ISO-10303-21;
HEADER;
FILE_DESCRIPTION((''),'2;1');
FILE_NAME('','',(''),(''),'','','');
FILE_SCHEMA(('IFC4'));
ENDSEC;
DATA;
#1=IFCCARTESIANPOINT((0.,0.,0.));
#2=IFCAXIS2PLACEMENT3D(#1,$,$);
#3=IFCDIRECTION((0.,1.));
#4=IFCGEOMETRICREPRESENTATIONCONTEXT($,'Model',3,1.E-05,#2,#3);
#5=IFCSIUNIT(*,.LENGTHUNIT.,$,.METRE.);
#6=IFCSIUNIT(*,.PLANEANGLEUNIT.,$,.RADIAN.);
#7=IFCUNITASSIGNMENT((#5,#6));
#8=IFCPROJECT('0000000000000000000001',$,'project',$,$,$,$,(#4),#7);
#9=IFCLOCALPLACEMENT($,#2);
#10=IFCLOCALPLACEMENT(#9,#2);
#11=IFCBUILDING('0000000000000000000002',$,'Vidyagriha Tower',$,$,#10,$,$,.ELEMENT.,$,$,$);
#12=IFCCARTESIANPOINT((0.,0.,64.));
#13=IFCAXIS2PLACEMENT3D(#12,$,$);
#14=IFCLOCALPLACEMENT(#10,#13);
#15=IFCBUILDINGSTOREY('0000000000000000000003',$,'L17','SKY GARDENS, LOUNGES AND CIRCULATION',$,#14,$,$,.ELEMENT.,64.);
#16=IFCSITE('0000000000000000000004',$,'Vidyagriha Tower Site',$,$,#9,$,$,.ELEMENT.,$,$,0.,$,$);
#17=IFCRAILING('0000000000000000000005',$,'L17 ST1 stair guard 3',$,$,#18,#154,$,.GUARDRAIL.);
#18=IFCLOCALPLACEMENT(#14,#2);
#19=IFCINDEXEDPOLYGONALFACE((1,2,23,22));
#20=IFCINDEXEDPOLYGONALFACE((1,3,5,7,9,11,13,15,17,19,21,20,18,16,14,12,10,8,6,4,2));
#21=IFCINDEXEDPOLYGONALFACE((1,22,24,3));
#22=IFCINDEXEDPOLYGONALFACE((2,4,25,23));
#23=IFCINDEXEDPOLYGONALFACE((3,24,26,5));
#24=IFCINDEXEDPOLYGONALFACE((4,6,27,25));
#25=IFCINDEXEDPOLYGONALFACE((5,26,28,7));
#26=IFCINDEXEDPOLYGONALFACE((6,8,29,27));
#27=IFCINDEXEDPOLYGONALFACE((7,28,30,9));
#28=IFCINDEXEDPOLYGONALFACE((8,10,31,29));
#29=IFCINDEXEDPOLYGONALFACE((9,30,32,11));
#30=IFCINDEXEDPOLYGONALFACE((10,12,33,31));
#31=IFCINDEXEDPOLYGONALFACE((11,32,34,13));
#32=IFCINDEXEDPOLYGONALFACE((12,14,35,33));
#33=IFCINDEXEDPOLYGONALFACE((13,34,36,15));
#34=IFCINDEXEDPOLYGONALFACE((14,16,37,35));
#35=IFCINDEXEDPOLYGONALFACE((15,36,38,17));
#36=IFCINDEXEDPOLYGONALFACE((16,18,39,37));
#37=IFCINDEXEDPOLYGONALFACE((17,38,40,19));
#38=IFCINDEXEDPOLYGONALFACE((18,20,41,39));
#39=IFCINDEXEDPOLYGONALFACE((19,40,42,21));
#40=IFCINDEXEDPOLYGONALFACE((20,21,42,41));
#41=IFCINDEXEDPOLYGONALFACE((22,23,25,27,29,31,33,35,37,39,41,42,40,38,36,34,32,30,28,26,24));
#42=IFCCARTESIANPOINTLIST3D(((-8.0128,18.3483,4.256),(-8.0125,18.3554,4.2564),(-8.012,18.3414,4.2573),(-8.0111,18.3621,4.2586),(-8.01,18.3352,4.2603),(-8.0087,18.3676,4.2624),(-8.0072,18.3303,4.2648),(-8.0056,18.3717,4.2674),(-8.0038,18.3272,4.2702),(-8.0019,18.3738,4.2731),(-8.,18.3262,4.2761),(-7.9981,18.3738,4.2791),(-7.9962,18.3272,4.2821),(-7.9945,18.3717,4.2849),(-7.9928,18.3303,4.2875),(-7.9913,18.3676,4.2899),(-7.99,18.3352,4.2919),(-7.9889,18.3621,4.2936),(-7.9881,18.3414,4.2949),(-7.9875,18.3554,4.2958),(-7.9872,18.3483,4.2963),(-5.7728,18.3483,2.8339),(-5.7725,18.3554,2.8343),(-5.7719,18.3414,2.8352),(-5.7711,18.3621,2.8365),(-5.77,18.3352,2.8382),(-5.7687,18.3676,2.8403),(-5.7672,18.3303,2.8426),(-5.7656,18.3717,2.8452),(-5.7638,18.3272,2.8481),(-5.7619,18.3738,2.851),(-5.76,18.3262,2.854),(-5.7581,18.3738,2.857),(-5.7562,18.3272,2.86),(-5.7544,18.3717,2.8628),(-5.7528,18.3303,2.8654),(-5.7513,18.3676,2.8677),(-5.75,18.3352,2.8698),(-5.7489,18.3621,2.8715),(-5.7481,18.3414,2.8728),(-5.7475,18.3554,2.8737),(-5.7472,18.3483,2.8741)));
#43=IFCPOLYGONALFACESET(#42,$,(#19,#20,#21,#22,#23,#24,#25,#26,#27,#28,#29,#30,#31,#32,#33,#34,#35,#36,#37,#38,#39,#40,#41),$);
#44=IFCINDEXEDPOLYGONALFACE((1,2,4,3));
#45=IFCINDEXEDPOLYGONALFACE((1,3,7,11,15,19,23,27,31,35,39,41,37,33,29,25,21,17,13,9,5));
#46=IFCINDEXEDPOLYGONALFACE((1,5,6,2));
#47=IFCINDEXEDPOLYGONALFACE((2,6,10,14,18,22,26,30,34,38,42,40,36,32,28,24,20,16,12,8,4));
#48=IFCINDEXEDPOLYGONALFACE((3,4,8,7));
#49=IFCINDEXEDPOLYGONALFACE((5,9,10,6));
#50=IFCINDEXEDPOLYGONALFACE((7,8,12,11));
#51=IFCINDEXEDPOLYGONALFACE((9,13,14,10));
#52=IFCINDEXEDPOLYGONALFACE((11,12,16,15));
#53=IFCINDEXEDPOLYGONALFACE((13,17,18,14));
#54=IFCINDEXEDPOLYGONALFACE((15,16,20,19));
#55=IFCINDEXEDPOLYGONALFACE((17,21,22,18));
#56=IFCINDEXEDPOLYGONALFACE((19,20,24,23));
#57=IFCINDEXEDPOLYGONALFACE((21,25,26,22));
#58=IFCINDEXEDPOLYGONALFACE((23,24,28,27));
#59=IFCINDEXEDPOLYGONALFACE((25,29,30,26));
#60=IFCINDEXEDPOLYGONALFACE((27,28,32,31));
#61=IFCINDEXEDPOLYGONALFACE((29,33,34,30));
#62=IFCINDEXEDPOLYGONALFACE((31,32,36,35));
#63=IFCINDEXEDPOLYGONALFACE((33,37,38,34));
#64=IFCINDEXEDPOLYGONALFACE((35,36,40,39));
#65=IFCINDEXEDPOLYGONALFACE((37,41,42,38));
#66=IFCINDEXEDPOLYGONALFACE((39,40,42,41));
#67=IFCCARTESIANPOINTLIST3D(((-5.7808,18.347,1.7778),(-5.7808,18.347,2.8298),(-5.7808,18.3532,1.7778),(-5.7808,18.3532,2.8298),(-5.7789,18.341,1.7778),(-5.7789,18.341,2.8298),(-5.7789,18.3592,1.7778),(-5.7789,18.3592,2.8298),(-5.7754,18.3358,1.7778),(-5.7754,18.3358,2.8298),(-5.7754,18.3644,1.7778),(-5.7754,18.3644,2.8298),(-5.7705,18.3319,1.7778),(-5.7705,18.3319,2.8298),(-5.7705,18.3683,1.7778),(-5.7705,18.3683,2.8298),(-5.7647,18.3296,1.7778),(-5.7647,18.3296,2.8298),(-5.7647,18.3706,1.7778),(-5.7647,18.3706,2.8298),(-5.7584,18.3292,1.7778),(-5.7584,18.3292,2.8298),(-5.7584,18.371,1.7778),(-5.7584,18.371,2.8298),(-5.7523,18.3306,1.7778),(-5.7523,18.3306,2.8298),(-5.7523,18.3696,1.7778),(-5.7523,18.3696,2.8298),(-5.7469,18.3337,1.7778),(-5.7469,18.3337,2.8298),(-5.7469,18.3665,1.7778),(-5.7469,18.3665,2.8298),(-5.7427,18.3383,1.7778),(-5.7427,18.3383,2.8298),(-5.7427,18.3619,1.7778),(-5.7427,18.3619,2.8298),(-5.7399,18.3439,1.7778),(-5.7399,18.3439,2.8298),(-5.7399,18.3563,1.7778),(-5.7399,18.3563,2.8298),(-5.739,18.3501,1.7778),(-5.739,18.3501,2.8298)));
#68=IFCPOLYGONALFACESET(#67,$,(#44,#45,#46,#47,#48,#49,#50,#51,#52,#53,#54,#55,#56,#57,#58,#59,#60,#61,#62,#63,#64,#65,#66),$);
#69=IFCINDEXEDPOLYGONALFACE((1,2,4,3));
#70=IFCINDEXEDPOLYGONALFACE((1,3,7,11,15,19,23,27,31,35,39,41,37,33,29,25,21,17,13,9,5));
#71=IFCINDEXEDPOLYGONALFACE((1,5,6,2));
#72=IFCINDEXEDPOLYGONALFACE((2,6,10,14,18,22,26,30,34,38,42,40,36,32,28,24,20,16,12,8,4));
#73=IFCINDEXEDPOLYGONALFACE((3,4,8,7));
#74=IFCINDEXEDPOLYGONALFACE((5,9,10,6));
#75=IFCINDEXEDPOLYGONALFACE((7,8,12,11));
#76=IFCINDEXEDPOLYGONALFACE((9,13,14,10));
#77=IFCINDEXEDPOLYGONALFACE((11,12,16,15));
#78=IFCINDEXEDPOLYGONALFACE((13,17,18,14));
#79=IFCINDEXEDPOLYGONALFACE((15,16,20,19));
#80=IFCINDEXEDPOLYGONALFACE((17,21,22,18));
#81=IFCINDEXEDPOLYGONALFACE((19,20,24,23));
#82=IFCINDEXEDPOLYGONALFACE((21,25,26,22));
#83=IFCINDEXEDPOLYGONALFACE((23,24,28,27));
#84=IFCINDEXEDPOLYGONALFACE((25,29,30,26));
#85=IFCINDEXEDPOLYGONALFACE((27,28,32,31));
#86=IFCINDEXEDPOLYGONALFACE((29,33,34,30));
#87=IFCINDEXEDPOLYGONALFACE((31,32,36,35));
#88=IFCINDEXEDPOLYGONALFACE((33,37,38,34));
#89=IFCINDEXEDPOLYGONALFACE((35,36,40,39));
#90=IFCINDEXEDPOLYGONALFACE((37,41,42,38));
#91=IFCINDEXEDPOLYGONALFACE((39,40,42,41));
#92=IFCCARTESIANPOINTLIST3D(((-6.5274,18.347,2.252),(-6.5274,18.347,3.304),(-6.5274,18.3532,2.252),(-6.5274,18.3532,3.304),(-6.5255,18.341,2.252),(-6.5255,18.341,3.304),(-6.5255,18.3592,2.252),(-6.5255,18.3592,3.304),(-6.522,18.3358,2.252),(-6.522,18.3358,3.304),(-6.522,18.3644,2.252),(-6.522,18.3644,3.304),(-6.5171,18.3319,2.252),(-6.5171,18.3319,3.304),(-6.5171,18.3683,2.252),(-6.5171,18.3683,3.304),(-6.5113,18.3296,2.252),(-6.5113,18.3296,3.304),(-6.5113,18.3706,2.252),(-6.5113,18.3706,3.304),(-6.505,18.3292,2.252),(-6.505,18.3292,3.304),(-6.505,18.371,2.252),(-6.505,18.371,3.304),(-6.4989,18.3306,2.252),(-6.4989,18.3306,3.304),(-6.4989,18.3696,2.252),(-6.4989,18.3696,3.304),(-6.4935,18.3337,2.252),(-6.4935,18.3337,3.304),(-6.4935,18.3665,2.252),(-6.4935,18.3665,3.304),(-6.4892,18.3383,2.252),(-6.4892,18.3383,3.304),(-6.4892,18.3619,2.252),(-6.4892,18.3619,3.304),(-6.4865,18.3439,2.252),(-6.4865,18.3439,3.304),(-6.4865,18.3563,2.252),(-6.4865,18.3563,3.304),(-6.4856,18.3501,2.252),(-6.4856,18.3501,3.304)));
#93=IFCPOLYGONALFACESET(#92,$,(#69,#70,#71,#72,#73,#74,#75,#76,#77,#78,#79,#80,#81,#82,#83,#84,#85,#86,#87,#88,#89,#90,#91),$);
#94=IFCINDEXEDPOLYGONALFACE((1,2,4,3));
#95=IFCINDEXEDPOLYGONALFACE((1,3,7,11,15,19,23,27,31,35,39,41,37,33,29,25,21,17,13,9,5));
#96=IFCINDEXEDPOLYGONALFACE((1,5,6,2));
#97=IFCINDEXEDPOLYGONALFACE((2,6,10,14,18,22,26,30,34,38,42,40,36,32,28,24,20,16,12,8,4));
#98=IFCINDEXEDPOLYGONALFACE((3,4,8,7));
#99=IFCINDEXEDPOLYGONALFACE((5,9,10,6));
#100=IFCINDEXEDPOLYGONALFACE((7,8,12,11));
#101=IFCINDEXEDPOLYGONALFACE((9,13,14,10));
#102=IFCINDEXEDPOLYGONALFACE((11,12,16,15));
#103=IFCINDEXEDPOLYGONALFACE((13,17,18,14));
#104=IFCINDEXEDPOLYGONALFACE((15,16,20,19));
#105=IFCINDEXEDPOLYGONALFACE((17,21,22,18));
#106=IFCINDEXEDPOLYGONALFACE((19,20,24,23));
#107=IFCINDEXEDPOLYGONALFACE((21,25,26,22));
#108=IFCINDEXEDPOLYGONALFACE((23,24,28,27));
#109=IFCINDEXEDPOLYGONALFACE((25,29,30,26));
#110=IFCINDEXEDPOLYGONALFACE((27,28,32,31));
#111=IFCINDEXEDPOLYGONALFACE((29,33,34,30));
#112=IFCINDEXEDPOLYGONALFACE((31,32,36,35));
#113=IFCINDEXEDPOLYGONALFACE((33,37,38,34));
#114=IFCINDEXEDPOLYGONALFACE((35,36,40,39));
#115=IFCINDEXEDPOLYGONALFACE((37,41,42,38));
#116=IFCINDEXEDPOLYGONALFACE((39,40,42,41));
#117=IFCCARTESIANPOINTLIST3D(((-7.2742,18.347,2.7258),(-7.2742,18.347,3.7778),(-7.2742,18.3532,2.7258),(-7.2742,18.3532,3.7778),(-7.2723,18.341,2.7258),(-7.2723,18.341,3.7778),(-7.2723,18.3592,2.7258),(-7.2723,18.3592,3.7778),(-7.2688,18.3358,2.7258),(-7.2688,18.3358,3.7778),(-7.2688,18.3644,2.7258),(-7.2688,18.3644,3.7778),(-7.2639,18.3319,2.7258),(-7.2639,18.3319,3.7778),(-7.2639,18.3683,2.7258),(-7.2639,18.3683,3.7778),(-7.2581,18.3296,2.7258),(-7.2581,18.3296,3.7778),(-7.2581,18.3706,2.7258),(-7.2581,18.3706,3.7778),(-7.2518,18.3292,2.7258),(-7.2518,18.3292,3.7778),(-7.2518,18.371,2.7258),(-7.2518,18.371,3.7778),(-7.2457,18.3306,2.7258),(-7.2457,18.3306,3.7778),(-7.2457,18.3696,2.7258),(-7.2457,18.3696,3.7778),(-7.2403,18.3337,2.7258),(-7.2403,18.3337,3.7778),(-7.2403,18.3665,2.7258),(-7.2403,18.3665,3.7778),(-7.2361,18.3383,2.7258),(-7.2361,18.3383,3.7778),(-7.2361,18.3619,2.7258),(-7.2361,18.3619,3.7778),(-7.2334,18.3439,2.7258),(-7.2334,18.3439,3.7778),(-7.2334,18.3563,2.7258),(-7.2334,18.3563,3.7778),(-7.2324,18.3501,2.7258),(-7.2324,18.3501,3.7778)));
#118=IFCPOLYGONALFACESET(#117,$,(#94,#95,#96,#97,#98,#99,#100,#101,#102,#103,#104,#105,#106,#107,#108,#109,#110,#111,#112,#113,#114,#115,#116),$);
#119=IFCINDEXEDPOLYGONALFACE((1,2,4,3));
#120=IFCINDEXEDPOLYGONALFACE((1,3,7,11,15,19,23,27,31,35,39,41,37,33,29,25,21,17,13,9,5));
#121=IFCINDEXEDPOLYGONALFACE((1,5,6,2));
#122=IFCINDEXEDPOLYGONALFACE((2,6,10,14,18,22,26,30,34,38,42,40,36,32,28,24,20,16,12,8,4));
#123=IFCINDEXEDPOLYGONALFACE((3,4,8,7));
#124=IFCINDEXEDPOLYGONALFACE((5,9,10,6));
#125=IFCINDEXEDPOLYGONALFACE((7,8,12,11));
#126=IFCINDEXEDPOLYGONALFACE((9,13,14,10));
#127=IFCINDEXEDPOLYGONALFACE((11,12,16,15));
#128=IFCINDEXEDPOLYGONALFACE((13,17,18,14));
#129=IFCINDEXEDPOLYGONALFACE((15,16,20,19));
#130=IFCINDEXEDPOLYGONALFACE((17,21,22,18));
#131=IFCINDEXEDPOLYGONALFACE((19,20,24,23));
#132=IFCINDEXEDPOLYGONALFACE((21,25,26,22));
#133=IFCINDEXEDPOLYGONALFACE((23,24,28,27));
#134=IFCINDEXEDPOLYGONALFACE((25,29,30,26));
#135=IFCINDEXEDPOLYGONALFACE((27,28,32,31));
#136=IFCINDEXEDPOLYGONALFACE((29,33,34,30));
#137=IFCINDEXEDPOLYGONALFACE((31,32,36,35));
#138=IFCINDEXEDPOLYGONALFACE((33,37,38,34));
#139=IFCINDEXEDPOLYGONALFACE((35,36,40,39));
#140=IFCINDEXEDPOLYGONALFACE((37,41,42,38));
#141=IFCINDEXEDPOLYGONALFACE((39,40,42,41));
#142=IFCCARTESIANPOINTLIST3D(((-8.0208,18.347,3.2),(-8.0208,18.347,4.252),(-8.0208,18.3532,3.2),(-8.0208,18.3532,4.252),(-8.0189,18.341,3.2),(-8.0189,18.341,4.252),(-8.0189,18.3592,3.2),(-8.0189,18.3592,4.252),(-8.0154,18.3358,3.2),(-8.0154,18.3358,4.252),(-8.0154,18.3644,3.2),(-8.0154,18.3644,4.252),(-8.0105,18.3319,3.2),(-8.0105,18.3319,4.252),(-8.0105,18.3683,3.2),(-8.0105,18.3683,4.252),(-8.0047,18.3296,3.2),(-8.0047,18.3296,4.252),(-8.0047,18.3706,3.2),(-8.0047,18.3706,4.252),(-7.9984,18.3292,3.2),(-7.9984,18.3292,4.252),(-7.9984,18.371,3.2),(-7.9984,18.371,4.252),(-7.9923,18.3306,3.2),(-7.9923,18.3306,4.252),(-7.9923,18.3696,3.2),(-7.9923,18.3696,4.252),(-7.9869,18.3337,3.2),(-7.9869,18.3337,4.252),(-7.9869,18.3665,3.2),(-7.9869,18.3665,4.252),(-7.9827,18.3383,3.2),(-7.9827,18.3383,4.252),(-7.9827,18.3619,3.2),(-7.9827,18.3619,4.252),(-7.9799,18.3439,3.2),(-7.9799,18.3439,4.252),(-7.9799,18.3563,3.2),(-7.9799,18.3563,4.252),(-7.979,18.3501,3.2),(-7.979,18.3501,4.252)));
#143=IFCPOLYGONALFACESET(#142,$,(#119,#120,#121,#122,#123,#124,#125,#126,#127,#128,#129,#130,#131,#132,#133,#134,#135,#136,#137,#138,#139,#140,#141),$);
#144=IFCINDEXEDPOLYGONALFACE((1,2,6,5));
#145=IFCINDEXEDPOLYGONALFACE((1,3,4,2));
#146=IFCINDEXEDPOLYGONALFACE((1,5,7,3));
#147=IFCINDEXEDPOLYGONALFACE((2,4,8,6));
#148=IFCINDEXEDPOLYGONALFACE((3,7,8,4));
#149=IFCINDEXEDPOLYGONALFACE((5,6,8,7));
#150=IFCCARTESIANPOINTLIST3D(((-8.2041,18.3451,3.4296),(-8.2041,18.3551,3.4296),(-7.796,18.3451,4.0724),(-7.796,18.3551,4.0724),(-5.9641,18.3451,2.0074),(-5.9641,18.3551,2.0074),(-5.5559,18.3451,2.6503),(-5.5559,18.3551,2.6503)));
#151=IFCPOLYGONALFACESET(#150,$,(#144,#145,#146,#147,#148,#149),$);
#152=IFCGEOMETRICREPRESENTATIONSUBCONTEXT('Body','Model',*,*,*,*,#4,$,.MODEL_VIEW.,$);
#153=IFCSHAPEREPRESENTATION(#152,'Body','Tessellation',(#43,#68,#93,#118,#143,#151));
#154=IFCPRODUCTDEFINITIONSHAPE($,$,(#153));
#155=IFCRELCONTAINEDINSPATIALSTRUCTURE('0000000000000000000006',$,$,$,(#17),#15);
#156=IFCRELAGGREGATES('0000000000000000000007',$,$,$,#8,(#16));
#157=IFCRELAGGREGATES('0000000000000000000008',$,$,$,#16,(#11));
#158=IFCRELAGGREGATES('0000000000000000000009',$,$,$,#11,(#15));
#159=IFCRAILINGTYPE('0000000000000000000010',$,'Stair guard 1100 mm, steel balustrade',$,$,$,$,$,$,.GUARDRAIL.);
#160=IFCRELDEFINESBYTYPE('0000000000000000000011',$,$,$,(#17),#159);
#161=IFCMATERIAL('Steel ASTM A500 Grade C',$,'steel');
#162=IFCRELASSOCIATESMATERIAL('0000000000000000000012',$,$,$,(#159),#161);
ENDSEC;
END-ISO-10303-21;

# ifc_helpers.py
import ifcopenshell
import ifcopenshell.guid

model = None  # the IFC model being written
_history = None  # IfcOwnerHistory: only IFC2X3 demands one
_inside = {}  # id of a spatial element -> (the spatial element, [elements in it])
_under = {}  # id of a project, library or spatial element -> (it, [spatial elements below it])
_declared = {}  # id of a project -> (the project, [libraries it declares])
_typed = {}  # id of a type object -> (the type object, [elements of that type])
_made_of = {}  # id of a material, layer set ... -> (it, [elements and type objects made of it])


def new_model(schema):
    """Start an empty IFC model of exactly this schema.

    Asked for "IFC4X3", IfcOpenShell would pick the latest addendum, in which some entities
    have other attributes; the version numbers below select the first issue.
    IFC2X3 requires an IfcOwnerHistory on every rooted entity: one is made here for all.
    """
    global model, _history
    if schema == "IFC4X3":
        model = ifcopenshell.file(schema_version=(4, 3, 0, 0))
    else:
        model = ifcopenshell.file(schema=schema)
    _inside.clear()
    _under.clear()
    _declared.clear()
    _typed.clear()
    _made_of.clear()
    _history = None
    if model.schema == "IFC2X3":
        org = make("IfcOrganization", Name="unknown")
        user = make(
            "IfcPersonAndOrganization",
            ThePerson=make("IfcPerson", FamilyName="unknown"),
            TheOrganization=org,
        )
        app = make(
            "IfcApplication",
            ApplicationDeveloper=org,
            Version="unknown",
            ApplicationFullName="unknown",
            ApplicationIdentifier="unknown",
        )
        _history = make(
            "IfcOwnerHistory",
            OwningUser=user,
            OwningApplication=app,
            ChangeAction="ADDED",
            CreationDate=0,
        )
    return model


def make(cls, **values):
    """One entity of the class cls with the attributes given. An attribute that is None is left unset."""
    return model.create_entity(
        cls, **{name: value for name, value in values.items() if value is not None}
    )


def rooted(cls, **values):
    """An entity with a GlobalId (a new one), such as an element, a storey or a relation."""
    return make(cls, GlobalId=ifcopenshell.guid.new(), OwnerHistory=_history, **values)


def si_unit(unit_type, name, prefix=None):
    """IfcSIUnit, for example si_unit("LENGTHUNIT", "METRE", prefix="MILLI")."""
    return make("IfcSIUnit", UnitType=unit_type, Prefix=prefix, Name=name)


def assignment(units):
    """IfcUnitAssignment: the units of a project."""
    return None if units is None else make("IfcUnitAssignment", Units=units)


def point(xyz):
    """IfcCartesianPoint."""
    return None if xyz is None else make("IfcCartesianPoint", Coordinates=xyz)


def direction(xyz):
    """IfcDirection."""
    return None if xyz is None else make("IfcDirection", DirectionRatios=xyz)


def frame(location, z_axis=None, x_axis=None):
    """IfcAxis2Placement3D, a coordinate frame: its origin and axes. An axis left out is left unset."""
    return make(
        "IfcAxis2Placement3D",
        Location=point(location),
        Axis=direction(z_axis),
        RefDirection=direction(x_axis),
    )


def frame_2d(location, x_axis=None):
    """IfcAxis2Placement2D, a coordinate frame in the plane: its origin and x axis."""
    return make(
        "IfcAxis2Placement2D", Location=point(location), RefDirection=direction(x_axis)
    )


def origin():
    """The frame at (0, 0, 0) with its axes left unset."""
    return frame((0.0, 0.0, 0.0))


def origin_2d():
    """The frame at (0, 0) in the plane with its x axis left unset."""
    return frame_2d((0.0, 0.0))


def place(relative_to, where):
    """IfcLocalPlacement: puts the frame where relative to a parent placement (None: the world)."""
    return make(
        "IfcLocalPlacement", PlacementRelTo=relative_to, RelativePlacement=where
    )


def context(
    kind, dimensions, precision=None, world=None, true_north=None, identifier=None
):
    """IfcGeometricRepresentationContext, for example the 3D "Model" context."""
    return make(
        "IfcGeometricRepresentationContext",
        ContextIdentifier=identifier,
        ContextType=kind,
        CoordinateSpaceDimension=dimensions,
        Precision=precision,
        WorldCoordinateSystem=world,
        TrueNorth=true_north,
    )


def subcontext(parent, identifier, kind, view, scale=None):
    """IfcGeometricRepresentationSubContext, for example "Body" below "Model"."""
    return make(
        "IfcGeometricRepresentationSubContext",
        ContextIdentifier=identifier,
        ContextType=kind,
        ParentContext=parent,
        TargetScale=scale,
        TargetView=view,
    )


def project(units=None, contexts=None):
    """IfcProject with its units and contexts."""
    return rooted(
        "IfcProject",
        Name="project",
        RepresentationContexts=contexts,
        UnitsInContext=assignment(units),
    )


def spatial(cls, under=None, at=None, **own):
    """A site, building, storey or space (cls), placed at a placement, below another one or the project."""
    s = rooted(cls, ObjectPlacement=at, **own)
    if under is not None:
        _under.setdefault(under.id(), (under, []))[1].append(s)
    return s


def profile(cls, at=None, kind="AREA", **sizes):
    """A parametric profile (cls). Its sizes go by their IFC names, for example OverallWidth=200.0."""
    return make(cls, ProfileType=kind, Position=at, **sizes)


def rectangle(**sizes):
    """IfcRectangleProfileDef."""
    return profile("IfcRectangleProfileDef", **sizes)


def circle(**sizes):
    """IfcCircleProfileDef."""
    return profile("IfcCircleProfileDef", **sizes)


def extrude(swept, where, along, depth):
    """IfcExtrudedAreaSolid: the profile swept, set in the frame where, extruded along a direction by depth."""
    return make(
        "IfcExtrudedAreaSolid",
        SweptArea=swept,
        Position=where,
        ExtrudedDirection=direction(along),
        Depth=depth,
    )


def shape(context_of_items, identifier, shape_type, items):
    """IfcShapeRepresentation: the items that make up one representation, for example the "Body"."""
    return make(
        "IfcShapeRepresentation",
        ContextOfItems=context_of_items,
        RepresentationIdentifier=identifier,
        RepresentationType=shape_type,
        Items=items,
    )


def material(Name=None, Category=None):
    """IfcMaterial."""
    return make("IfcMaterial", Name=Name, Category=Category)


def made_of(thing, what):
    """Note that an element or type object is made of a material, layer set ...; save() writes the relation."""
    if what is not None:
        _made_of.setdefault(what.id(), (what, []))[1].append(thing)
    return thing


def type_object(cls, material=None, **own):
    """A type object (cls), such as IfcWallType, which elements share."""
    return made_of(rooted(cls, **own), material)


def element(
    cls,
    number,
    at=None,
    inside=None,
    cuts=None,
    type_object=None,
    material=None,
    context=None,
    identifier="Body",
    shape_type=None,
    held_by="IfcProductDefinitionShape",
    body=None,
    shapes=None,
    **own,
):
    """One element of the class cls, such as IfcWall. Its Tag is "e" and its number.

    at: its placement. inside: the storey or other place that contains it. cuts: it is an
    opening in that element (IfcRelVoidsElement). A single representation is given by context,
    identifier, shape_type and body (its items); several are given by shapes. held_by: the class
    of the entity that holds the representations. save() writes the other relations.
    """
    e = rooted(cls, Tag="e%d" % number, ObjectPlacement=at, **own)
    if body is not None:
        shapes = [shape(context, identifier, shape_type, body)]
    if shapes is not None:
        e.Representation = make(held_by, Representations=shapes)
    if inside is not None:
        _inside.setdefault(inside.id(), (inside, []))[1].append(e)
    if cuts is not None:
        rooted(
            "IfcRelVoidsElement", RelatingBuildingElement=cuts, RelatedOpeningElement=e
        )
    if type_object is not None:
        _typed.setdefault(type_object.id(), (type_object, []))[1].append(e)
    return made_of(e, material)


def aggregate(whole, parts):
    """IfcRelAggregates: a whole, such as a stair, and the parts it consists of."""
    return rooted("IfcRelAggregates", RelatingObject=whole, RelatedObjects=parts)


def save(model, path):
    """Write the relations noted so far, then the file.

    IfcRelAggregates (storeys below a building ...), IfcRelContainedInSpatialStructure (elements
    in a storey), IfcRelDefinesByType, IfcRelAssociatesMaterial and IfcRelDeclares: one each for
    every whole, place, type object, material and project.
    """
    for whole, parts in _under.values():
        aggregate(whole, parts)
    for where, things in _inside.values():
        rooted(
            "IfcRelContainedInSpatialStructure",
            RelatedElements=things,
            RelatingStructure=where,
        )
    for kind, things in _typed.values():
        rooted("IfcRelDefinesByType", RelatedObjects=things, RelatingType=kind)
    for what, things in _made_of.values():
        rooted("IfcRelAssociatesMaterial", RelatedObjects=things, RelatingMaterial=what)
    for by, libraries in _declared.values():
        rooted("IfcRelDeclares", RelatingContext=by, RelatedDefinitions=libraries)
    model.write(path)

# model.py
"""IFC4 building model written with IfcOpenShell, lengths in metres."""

from ifc_helpers import new_model, si_unit, direction, frame, origin, origin_2d, place, context, subcontext, project, spatial, rectangle, circle, extrude, material, type_object, element, save


model = new_model("IFC4")

# Units and contexts
model_context = context("Model", 3, precision=1e-05, world=origin(), true_north=direction((0.0, 1.0)))
body_context = subcontext(model_context, "Body", "Model", "MODEL_VIEW")
ifc_project = project(units=[si_unit("LENGTHUNIT", "METRE"), si_unit("PLANEANGLEUNIT", "RADIAN")], contexts=[model_context])

# Site, building, storey
site_placement = place(None, origin())
site = spatial("IfcSite", under=ifc_project, at=site_placement, Name="Vidyagriha Tower Site", CompositionType="ELEMENT", RefElevation=0.0)
building_placement = place(site_placement, origin())
building = spatial("IfcBuilding", under=site, at=building_placement, Name="Vidyagriha Tower", CompositionType="ELEMENT")
storey_placement = place(building_placement, frame((0.0, 0.0, 64.0)))
storey = spatial("IfcBuildingStorey", under=building, at=storey_placement, Name="L17", Description="SKY GARDENS, LOUNGES AND CIRCULATION", CompositionType="ELEMENT", Elevation=64.0)

# Railing
ifc_material_1 = material(Name="Steel ASTM A500 Grade C", Category="steel")
railing_type_1 = type_object("IfcRailingType", Name="Stair guard 1100 mm, steel balustrade", PredefinedType="GUARDRAIL", material=ifc_material_1)
railing_1_placement = place(storey_placement, frame((-5.76, 18.3501, 1.7778)))
element("IfcRailing", 1, at=railing_1_placement, inside=storey, type_object=railing_type_1, Name="L17 ST1 stair guard 3", PredefinedType="GUARDRAIL", context=body_context, shape_type="SweptSolid", body=[
    extrude(circle(Radius=0.0239, at=origin_2d()), frame((0.0, 0.0, 1.0762), z_axis=(-0.844229, 0.0, 0.535982), x_axis=(0.0, -1.0, 0.0)), (0.0, 0.0, 1.0), 2.6533),
    extrude(circle(Radius=0.021, at=origin_2d()), origin(), (0.0, 0.0, 1.0), 1.052),
    extrude(circle(Radius=0.021, at=origin_2d()), frame((-0.7466, 0.0, 0.4741)), (0.0, 0.0, 1.0), 1.052),
    extrude(circle(Radius=0.021, at=origin_2d()), frame((-1.4934, 0.0, 0.948)), (0.0, 0.0, 1.0), 1.052),
    extrude(circle(Radius=0.021, at=origin_2d()), frame((-2.24, 0.0, 1.4221)), (0.0, 0.0, 1.0), 1.052),
    extrude(rectangle(XDim=0.01, YDim=0.7615, at=origin_2d()), frame((0.0, 0.0, 0.551), z_axis=(-0.844229, 0.0, 0.535982), x_axis=(0.0, -1.0, 0.0)), (0.0, 0.0, 1.0), 2.6533),
])

save(model, "model.ifc")
